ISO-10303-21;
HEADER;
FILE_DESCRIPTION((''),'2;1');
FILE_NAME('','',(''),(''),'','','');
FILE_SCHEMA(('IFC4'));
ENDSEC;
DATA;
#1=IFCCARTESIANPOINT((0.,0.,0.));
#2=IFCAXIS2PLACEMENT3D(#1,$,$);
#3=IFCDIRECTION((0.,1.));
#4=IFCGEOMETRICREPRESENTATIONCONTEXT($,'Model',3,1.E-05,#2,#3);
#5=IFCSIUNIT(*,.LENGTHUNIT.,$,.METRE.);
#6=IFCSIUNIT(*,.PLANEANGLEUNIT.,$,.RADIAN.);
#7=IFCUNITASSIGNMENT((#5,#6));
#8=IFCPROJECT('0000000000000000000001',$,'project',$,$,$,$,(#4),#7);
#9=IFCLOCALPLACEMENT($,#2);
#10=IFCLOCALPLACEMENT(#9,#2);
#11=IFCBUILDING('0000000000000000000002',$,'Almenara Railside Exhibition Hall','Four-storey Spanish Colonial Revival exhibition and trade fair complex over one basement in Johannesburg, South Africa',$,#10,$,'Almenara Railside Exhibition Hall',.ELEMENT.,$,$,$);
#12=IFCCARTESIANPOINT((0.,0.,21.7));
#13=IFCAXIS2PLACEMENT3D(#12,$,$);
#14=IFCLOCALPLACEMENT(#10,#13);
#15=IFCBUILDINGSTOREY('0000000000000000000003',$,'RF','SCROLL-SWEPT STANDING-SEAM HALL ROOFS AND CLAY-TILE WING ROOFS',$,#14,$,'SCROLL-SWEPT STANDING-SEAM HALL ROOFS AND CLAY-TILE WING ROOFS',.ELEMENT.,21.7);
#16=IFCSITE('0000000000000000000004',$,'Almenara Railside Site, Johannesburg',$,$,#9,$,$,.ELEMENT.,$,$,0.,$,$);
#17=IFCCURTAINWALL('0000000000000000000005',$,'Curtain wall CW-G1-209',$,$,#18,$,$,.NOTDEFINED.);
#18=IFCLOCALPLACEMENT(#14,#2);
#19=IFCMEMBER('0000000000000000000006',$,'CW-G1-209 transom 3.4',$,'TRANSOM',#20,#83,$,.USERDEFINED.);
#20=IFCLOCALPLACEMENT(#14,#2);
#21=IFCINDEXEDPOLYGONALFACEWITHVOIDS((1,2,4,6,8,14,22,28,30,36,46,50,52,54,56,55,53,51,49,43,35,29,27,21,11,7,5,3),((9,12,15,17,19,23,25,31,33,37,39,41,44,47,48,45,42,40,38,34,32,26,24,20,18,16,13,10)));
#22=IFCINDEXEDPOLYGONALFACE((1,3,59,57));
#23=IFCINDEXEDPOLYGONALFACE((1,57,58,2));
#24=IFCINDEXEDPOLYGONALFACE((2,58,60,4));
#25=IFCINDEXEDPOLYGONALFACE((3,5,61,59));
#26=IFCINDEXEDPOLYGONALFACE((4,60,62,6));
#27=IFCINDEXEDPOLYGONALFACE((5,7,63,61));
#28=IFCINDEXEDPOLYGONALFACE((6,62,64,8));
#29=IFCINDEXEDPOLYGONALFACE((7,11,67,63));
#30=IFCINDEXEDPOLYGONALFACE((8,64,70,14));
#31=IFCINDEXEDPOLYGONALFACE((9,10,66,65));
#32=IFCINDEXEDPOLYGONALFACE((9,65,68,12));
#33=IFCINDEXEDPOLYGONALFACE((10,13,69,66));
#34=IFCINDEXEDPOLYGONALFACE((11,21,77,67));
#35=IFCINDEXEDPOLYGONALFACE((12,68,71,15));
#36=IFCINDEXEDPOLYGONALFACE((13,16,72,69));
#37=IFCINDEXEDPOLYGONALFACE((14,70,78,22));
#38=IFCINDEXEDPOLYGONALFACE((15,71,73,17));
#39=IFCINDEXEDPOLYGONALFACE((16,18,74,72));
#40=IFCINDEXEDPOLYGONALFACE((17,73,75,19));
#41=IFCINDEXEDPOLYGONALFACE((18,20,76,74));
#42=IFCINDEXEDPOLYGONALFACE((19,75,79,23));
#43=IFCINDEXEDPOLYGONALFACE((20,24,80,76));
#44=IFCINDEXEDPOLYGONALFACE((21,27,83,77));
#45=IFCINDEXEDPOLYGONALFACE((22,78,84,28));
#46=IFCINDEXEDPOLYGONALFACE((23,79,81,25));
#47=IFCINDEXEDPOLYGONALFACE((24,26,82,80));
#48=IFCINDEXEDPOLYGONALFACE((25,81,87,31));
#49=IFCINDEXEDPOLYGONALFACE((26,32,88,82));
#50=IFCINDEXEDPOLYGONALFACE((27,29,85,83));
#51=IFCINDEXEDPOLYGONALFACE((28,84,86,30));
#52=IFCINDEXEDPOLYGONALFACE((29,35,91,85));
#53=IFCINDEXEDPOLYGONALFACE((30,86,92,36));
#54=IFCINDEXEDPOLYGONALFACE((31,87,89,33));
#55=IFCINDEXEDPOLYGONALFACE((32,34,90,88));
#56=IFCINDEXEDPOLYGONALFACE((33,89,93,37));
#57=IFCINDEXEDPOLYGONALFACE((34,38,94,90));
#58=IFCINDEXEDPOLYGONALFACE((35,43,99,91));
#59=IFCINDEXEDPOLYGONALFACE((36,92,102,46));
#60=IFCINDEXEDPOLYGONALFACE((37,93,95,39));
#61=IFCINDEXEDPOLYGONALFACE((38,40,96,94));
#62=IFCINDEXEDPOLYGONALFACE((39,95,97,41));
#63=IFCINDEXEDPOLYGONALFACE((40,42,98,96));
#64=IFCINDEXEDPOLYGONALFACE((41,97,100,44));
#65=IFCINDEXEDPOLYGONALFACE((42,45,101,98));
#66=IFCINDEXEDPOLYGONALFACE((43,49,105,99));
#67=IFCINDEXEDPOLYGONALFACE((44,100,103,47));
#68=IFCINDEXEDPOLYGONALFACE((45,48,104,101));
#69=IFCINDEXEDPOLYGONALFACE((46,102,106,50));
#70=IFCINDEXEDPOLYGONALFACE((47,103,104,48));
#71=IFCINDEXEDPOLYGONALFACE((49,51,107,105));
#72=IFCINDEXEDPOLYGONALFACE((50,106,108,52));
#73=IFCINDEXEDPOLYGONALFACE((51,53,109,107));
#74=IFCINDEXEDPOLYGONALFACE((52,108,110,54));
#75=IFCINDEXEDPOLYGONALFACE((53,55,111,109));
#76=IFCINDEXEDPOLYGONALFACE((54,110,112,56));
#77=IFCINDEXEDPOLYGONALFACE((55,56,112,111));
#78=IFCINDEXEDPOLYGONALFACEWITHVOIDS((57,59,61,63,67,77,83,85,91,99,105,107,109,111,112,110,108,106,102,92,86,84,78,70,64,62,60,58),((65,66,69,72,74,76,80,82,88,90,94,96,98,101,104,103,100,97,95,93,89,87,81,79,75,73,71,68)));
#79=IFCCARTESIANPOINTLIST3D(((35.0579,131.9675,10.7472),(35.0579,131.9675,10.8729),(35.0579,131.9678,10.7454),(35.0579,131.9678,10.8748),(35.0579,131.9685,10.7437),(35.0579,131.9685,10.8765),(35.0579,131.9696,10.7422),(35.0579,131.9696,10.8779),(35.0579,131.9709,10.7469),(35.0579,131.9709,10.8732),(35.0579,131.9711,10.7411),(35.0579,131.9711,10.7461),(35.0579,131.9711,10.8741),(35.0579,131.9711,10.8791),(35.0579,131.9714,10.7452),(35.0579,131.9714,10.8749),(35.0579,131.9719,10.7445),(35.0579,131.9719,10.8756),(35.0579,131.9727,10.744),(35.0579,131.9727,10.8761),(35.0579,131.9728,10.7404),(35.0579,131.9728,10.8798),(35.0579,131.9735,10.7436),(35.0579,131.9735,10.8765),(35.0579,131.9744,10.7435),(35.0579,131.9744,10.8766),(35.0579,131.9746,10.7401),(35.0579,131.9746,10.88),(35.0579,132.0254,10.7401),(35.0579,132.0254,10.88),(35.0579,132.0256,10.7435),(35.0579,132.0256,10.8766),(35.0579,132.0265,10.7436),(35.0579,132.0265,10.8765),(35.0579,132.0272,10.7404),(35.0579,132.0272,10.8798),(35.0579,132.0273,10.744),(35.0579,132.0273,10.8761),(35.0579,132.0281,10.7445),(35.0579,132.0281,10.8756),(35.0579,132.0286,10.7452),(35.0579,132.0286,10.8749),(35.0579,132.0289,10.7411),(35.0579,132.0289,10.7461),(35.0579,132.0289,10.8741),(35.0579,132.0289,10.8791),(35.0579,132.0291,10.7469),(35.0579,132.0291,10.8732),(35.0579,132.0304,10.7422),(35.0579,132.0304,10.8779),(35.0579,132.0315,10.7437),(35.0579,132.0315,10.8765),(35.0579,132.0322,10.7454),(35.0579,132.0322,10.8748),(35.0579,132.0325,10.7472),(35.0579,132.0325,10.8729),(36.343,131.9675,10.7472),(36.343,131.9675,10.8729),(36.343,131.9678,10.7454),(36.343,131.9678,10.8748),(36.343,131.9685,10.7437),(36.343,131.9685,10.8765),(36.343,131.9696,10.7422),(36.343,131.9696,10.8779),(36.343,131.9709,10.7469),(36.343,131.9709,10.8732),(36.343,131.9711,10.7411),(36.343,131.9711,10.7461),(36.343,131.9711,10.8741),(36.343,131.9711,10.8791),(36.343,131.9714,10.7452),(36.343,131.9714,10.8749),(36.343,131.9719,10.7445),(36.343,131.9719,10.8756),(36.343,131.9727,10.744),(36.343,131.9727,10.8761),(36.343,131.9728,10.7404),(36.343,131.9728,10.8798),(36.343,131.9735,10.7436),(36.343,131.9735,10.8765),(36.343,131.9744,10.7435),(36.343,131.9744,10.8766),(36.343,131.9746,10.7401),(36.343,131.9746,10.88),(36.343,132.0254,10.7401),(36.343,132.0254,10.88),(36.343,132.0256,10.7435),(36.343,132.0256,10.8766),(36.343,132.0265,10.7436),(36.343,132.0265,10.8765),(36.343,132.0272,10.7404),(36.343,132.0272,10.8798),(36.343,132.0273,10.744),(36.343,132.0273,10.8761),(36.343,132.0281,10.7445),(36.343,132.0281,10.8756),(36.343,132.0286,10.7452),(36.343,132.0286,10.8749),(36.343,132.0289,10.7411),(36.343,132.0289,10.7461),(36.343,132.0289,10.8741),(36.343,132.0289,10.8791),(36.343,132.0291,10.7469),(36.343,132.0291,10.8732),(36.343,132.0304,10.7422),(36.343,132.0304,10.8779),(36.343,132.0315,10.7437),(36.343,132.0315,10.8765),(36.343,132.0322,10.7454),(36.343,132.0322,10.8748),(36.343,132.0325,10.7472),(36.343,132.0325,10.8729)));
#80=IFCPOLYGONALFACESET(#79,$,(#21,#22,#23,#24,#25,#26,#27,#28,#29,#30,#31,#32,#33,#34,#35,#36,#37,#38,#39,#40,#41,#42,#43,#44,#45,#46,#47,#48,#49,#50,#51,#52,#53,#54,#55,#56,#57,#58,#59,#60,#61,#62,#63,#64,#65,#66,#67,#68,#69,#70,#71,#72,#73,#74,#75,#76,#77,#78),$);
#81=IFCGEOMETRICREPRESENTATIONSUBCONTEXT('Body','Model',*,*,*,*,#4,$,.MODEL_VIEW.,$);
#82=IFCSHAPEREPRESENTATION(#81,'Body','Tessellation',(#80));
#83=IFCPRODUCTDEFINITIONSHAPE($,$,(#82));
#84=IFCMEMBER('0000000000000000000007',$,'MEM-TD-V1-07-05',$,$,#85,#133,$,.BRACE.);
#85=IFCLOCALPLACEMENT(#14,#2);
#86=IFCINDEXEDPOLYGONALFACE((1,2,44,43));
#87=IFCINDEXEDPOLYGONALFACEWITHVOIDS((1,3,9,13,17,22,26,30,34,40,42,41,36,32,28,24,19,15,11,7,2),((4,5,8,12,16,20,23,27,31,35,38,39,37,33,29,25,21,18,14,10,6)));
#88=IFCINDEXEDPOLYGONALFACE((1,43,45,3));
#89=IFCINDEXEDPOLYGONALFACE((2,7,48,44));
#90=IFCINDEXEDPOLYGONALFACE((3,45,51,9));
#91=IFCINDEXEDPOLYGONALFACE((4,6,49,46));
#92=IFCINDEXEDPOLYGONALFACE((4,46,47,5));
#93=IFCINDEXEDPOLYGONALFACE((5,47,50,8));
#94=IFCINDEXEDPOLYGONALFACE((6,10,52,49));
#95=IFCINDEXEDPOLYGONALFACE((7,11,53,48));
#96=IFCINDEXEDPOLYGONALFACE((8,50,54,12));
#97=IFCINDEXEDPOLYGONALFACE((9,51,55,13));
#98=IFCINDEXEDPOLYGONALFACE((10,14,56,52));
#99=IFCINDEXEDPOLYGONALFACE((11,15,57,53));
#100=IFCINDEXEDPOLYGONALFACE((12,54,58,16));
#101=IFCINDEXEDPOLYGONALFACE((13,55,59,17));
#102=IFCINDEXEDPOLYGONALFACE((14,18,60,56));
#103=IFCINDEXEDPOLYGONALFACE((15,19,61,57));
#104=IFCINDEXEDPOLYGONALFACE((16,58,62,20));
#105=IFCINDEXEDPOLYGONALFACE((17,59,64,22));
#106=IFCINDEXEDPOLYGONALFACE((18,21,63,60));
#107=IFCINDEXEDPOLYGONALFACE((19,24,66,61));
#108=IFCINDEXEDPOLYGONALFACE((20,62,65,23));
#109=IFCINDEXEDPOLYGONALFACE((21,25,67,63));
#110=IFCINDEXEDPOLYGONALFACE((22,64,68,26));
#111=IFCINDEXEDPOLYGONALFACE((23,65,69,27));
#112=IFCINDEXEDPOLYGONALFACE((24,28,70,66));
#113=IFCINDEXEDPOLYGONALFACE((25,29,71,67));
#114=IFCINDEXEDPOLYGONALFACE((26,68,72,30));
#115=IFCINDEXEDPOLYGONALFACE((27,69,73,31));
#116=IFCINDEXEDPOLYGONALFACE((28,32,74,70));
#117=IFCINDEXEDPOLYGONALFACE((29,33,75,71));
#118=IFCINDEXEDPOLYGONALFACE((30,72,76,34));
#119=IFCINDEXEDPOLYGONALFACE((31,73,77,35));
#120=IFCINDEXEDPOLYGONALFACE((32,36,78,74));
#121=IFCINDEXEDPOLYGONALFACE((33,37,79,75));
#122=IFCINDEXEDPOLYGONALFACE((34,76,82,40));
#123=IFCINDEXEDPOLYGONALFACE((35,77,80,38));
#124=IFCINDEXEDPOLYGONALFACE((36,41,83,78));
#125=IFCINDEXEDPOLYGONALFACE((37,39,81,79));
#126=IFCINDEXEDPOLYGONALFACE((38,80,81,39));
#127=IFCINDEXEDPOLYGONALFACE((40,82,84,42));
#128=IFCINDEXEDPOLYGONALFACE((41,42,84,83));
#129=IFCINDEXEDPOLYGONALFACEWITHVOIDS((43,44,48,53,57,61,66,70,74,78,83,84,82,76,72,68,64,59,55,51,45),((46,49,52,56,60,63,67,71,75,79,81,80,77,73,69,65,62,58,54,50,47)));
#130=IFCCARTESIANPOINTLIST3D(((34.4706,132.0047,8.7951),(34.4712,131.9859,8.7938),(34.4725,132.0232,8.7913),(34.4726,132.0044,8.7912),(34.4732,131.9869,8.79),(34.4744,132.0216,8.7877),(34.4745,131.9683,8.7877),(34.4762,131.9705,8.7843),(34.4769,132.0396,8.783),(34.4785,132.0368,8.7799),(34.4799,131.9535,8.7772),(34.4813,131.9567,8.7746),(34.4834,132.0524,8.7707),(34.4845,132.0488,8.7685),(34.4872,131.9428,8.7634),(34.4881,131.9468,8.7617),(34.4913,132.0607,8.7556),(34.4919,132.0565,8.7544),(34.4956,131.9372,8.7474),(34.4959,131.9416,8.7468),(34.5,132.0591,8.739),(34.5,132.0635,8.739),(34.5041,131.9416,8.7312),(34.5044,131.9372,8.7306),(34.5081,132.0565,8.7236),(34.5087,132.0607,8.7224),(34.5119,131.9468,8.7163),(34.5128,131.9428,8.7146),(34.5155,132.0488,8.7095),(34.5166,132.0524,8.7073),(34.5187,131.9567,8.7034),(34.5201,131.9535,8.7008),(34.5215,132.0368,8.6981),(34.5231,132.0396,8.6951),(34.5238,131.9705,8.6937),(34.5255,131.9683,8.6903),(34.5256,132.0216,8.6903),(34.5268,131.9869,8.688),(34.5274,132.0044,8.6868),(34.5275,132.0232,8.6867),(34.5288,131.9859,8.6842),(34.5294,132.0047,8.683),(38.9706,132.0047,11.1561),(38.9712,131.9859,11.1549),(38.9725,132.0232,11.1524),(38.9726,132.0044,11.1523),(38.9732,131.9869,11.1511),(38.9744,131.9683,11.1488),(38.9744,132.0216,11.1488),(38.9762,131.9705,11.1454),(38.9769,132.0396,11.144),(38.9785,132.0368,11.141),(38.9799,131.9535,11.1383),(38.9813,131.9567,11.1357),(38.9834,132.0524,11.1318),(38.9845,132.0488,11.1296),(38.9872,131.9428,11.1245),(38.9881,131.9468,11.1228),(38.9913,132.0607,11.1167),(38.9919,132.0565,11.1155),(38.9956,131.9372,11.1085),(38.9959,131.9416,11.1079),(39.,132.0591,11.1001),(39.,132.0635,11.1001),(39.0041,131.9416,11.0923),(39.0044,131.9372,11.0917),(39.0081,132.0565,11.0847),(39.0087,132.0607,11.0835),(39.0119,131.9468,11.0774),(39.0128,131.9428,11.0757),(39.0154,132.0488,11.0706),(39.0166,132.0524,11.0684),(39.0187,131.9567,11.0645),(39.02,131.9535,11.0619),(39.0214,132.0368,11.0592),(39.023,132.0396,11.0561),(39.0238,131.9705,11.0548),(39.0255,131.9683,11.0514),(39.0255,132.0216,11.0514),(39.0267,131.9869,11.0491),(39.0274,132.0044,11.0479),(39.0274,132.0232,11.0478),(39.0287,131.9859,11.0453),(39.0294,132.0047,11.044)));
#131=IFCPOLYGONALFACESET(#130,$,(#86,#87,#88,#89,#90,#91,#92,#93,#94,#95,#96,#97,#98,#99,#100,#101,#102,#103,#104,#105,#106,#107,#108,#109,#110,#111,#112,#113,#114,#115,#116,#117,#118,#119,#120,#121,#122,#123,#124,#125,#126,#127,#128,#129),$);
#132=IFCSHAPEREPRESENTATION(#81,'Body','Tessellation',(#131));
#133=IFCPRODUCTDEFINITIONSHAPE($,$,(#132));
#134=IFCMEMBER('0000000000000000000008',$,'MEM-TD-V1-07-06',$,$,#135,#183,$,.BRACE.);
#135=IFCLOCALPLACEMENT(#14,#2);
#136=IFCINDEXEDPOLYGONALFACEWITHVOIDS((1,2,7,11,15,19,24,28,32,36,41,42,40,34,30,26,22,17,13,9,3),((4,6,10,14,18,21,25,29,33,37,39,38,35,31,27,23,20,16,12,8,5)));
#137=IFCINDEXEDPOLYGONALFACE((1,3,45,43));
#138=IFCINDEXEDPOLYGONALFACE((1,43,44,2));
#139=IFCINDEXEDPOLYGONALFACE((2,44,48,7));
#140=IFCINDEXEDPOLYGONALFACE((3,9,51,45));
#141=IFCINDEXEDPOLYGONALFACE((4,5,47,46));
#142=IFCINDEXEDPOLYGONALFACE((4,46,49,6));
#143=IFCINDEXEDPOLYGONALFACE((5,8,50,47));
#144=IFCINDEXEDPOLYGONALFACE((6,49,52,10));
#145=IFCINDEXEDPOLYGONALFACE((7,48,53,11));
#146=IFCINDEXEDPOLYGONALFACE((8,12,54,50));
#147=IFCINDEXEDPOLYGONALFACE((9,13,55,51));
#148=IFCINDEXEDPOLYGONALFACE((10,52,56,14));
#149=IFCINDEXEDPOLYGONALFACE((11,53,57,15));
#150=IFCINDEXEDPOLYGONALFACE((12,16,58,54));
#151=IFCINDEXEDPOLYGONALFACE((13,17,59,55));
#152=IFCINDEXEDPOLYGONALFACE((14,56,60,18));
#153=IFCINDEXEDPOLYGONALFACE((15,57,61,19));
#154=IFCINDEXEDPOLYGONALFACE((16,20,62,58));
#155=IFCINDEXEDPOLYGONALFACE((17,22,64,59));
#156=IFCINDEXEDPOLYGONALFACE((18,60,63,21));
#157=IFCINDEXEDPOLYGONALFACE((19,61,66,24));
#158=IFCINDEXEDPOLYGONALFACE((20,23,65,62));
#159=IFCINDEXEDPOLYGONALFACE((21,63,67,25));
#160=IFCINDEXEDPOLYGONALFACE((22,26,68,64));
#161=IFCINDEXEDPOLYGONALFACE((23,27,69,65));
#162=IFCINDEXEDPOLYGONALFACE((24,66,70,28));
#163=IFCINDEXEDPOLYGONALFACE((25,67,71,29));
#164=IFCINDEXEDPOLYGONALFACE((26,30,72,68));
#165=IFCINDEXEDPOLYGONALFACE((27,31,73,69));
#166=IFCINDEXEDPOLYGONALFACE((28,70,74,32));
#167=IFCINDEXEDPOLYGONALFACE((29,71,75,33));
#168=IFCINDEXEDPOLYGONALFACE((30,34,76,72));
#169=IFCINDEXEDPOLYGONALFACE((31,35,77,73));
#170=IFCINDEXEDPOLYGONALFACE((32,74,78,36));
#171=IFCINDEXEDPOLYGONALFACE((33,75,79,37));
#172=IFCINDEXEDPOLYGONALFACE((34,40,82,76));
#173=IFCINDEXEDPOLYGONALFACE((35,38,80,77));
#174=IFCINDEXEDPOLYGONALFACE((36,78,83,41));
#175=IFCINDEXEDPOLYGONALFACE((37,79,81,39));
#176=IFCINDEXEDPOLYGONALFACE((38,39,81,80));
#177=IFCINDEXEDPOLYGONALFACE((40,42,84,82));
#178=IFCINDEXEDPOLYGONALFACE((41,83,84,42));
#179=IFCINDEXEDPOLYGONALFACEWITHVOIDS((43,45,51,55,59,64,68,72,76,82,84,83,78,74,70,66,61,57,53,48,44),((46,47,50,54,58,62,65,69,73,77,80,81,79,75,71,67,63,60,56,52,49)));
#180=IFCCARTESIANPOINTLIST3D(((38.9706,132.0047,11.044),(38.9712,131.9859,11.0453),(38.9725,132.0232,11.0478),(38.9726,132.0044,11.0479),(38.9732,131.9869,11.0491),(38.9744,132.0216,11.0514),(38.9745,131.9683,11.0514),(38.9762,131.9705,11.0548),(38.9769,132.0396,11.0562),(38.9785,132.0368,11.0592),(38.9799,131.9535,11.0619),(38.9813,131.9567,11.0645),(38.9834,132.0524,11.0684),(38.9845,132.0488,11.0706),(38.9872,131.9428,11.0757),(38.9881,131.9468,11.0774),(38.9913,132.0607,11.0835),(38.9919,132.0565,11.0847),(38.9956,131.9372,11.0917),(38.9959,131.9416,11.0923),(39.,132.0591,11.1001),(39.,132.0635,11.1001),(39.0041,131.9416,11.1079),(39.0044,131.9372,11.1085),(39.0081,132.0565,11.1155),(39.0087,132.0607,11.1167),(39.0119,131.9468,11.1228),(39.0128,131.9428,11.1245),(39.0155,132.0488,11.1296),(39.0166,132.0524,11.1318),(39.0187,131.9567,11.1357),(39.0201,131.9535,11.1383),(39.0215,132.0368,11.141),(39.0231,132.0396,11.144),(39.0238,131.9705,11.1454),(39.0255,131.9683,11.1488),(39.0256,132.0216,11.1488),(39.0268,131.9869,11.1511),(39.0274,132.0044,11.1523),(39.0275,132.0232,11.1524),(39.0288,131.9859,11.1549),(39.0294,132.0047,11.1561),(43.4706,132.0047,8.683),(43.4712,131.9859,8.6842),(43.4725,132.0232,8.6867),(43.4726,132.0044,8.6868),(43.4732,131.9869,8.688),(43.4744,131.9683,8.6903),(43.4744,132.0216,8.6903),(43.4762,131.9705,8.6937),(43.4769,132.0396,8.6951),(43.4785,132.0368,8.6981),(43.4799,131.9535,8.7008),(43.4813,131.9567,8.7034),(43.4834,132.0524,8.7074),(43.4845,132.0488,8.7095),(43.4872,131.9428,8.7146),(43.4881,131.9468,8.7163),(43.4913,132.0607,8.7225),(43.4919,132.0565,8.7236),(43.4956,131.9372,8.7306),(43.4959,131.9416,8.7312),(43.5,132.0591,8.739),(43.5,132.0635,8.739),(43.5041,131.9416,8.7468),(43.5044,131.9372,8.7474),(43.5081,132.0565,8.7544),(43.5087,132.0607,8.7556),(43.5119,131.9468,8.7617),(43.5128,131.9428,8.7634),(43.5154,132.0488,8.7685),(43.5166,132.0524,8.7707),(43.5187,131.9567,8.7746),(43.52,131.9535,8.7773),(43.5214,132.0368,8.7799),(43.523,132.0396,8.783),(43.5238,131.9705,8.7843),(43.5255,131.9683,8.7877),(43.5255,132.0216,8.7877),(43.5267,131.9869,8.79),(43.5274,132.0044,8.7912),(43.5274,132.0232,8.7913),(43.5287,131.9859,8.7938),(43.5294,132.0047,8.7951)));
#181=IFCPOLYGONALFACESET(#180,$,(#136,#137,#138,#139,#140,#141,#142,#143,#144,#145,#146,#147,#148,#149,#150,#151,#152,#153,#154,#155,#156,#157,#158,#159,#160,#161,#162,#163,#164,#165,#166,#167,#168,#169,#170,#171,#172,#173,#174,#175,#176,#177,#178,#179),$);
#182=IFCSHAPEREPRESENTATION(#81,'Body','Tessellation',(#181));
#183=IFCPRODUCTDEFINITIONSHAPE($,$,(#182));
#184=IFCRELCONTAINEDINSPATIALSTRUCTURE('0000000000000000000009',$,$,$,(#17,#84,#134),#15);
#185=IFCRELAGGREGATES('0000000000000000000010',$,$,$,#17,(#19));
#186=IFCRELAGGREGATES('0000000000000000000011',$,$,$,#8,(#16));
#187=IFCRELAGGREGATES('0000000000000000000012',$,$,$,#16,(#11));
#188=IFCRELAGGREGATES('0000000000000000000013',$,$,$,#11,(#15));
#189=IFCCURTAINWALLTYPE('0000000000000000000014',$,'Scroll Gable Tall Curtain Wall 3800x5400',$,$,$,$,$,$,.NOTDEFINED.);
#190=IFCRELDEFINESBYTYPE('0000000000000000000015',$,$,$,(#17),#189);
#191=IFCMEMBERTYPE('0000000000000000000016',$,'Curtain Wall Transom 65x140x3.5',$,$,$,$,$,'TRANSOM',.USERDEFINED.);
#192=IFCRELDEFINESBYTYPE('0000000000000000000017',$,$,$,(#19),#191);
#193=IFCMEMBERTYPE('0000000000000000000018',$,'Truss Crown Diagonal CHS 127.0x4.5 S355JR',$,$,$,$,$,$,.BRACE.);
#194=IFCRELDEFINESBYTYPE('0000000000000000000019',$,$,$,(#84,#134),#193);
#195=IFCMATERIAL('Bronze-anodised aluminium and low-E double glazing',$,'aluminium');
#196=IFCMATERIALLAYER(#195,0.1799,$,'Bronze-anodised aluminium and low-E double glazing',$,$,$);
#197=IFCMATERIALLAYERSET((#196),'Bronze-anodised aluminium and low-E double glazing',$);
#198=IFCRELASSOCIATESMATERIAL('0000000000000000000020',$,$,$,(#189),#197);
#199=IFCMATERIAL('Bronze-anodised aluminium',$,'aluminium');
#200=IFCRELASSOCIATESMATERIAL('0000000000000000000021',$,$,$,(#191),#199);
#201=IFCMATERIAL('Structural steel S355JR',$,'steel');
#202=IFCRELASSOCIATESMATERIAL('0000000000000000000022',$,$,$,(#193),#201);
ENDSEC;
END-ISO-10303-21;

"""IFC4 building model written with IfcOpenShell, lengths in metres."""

from ifc_helpers import new_model, si_unit, direction, frame, origin, origin_2d, place, context, subcontext, project, spatial, hollow_rectangle, hollow_circle, extrude, material, layer, layer_set, material_profile, profile_set, type_object, element, aggregate, save


model = new_model("IFC4")

# Units and contexts
model_context = context("Model", 3, precision=1e-05, world=origin(), true_north=direction((0.0, 1.0)))
body_context = subcontext(model_context, "Body", "Model", "MODEL_VIEW")
ifc_project = project(units=[si_unit("LENGTHUNIT", "METRE"), si_unit("PLANEANGLEUNIT", "RADIAN")], contexts=[model_context])

# Site, building, storey
site_placement = place(None, origin())
site = spatial("IfcSite", under=ifc_project, at=site_placement, Name="Almenara Railside Site, Johannesburg", CompositionType="ELEMENT", RefElevation=0.0)
building_placement = place(site_placement, origin())
building = spatial("IfcBuilding", under=site, at=building_placement, Name="Almenara Railside Exhibition Hall", Description="Four-storey Spanish Colonial Revival exhibition and trade fair complex over one basement in Johannesburg, South Africa", LongName="Almenara Railside Exhibition Hall", CompositionType="ELEMENT")
storey_placement = place(building_placement, frame((0.0, 0.0, 21.7)))
storey = spatial("IfcBuildingStorey", under=building, at=storey_placement, Name="RF", Description="SCROLL-SWEPT STANDING-SEAM HALL ROOFS AND CLAY-TILE WING ROOFS", LongName="SCROLL-SWEPT STANDING-SEAM HALL ROOFS AND CLAY-TILE WING ROOFS", CompositionType="ELEMENT", Elevation=21.7)

# Shared definitions
ifc_material_1 = material(Name="Structural steel S355JR", Category="steel")

# Curtain wall, member
ifc_material_2 = material(Name="Bronze-anodised aluminium and low-E double glazing", Category="aluminium")
ifc_layer_1 = layer(ifc_material_2, 0.1799, Name="Bronze-anodised aluminium and low-E double glazing")
ifc_layer_set_1 = layer_set([ifc_layer_1], Name="Bronze-anodised aluminium and low-E double glazing")
curtain_wall_type = type_object("IfcCurtainWallType", Name="Scroll Gable Tall Curtain Wall 3800x5400", PredefinedType="NOTDEFINED", material=ifc_layer_set_1)
ifc_material_3 = material(Name="Bronze-anodised aluminium", Category="aluminium")
curtain_wall_1_placement = place(storey_placement, origin())
curtain_wall_1 = element("IfcCurtainWall", 1, at=curtain_wall_1_placement, inside=storey, type_object=curtain_wall_type, Name="Curtain wall CW-G1-209", PredefinedType="NOTDEFINED")
ifc_material_profile_1 = material_profile(ifc_material_3, hollow_rectangle(XDim=0.0649, YDim=0.1399, WallThickness=0.0034, InnerFilletRadius=0.0034, OuterFilletRadius=0.0071, at=origin_2d()), Name="ALU-TRN 65x140x3.5")
ifc_profile_set_1 = profile_set([ifc_material_profile_1], Name="Bronze-anodised aluminium")
member_type_1 = type_object("IfcMemberType", Name="Curtain Wall Transom 65x140x3.5", ElementType="TRANSOM", PredefinedType="USERDEFINED", material=ifc_profile_set_1)
member_1_placement = place(storey_placement, frame((35.0579, 132.0, 10.8101), z_axis=(1.0, 0.0, 0.0), x_axis=(0.0, 1.0, 0.0)))
member_1 = element("IfcMember", 2, at=member_1_placement, type_object=member_type_1, Name="CW-G1-209 transom 3.4", ObjectType="TRANSOM", PredefinedType="USERDEFINED", context=body_context, shape_type="SweptSolid", body=[
    extrude(hollow_rectangle(XDim=0.0649, YDim=0.1399, WallThickness=0.0034, InnerFilletRadius=0.0034, OuterFilletRadius=0.0071, at=origin_2d()), origin(), (0.0, 0.0, 1.0), 1.2852),
])

# Members
ifc_material_profile_2 = material_profile(ifc_material_1, hollow_circle(Radius=0.0635, WallThickness=0.0044, at=origin_2d()), Name="CHS 127.0x4.5")
ifc_profile_set_2 = profile_set([ifc_material_profile_2], Name="Structural steel S355JR")
member_type_2 = type_object("IfcMemberType", Name="Truss Crown Diagonal CHS 127.0x4.5 S355JR", PredefinedType="BRACE", material=ifc_profile_set_2)
for number, where, z_axis, x_axis, name in (
    (3, (34.5, 132.0, 8.739), (0.885513, 0.0, 0.464615), (0.0, 1.0, 0.0), "MEM-TD-V1-07-05"),
    (4, (39.0, 132.0, 11.1001), (0.885513, 0.0, -0.464615), (0.0, 1.0, 0.0), "MEM-TD-V1-07-06"),
):
    element("IfcMember", number, at=place(storey_placement, frame(where, z_axis=z_axis, x_axis=x_axis)), inside=storey, type_object=member_type_2, Name=name, PredefinedType="BRACE", context=body_context, shape_type="SweptSolid", body=[
        extrude(hollow_circle(Radius=0.0635, WallThickness=0.0044, at=origin_2d()), origin(), (0.0, 0.0, 1.0), 5.0818),
    ])

aggregate(curtain_wall_1, [member_1])

save(model, "model.ifc")
